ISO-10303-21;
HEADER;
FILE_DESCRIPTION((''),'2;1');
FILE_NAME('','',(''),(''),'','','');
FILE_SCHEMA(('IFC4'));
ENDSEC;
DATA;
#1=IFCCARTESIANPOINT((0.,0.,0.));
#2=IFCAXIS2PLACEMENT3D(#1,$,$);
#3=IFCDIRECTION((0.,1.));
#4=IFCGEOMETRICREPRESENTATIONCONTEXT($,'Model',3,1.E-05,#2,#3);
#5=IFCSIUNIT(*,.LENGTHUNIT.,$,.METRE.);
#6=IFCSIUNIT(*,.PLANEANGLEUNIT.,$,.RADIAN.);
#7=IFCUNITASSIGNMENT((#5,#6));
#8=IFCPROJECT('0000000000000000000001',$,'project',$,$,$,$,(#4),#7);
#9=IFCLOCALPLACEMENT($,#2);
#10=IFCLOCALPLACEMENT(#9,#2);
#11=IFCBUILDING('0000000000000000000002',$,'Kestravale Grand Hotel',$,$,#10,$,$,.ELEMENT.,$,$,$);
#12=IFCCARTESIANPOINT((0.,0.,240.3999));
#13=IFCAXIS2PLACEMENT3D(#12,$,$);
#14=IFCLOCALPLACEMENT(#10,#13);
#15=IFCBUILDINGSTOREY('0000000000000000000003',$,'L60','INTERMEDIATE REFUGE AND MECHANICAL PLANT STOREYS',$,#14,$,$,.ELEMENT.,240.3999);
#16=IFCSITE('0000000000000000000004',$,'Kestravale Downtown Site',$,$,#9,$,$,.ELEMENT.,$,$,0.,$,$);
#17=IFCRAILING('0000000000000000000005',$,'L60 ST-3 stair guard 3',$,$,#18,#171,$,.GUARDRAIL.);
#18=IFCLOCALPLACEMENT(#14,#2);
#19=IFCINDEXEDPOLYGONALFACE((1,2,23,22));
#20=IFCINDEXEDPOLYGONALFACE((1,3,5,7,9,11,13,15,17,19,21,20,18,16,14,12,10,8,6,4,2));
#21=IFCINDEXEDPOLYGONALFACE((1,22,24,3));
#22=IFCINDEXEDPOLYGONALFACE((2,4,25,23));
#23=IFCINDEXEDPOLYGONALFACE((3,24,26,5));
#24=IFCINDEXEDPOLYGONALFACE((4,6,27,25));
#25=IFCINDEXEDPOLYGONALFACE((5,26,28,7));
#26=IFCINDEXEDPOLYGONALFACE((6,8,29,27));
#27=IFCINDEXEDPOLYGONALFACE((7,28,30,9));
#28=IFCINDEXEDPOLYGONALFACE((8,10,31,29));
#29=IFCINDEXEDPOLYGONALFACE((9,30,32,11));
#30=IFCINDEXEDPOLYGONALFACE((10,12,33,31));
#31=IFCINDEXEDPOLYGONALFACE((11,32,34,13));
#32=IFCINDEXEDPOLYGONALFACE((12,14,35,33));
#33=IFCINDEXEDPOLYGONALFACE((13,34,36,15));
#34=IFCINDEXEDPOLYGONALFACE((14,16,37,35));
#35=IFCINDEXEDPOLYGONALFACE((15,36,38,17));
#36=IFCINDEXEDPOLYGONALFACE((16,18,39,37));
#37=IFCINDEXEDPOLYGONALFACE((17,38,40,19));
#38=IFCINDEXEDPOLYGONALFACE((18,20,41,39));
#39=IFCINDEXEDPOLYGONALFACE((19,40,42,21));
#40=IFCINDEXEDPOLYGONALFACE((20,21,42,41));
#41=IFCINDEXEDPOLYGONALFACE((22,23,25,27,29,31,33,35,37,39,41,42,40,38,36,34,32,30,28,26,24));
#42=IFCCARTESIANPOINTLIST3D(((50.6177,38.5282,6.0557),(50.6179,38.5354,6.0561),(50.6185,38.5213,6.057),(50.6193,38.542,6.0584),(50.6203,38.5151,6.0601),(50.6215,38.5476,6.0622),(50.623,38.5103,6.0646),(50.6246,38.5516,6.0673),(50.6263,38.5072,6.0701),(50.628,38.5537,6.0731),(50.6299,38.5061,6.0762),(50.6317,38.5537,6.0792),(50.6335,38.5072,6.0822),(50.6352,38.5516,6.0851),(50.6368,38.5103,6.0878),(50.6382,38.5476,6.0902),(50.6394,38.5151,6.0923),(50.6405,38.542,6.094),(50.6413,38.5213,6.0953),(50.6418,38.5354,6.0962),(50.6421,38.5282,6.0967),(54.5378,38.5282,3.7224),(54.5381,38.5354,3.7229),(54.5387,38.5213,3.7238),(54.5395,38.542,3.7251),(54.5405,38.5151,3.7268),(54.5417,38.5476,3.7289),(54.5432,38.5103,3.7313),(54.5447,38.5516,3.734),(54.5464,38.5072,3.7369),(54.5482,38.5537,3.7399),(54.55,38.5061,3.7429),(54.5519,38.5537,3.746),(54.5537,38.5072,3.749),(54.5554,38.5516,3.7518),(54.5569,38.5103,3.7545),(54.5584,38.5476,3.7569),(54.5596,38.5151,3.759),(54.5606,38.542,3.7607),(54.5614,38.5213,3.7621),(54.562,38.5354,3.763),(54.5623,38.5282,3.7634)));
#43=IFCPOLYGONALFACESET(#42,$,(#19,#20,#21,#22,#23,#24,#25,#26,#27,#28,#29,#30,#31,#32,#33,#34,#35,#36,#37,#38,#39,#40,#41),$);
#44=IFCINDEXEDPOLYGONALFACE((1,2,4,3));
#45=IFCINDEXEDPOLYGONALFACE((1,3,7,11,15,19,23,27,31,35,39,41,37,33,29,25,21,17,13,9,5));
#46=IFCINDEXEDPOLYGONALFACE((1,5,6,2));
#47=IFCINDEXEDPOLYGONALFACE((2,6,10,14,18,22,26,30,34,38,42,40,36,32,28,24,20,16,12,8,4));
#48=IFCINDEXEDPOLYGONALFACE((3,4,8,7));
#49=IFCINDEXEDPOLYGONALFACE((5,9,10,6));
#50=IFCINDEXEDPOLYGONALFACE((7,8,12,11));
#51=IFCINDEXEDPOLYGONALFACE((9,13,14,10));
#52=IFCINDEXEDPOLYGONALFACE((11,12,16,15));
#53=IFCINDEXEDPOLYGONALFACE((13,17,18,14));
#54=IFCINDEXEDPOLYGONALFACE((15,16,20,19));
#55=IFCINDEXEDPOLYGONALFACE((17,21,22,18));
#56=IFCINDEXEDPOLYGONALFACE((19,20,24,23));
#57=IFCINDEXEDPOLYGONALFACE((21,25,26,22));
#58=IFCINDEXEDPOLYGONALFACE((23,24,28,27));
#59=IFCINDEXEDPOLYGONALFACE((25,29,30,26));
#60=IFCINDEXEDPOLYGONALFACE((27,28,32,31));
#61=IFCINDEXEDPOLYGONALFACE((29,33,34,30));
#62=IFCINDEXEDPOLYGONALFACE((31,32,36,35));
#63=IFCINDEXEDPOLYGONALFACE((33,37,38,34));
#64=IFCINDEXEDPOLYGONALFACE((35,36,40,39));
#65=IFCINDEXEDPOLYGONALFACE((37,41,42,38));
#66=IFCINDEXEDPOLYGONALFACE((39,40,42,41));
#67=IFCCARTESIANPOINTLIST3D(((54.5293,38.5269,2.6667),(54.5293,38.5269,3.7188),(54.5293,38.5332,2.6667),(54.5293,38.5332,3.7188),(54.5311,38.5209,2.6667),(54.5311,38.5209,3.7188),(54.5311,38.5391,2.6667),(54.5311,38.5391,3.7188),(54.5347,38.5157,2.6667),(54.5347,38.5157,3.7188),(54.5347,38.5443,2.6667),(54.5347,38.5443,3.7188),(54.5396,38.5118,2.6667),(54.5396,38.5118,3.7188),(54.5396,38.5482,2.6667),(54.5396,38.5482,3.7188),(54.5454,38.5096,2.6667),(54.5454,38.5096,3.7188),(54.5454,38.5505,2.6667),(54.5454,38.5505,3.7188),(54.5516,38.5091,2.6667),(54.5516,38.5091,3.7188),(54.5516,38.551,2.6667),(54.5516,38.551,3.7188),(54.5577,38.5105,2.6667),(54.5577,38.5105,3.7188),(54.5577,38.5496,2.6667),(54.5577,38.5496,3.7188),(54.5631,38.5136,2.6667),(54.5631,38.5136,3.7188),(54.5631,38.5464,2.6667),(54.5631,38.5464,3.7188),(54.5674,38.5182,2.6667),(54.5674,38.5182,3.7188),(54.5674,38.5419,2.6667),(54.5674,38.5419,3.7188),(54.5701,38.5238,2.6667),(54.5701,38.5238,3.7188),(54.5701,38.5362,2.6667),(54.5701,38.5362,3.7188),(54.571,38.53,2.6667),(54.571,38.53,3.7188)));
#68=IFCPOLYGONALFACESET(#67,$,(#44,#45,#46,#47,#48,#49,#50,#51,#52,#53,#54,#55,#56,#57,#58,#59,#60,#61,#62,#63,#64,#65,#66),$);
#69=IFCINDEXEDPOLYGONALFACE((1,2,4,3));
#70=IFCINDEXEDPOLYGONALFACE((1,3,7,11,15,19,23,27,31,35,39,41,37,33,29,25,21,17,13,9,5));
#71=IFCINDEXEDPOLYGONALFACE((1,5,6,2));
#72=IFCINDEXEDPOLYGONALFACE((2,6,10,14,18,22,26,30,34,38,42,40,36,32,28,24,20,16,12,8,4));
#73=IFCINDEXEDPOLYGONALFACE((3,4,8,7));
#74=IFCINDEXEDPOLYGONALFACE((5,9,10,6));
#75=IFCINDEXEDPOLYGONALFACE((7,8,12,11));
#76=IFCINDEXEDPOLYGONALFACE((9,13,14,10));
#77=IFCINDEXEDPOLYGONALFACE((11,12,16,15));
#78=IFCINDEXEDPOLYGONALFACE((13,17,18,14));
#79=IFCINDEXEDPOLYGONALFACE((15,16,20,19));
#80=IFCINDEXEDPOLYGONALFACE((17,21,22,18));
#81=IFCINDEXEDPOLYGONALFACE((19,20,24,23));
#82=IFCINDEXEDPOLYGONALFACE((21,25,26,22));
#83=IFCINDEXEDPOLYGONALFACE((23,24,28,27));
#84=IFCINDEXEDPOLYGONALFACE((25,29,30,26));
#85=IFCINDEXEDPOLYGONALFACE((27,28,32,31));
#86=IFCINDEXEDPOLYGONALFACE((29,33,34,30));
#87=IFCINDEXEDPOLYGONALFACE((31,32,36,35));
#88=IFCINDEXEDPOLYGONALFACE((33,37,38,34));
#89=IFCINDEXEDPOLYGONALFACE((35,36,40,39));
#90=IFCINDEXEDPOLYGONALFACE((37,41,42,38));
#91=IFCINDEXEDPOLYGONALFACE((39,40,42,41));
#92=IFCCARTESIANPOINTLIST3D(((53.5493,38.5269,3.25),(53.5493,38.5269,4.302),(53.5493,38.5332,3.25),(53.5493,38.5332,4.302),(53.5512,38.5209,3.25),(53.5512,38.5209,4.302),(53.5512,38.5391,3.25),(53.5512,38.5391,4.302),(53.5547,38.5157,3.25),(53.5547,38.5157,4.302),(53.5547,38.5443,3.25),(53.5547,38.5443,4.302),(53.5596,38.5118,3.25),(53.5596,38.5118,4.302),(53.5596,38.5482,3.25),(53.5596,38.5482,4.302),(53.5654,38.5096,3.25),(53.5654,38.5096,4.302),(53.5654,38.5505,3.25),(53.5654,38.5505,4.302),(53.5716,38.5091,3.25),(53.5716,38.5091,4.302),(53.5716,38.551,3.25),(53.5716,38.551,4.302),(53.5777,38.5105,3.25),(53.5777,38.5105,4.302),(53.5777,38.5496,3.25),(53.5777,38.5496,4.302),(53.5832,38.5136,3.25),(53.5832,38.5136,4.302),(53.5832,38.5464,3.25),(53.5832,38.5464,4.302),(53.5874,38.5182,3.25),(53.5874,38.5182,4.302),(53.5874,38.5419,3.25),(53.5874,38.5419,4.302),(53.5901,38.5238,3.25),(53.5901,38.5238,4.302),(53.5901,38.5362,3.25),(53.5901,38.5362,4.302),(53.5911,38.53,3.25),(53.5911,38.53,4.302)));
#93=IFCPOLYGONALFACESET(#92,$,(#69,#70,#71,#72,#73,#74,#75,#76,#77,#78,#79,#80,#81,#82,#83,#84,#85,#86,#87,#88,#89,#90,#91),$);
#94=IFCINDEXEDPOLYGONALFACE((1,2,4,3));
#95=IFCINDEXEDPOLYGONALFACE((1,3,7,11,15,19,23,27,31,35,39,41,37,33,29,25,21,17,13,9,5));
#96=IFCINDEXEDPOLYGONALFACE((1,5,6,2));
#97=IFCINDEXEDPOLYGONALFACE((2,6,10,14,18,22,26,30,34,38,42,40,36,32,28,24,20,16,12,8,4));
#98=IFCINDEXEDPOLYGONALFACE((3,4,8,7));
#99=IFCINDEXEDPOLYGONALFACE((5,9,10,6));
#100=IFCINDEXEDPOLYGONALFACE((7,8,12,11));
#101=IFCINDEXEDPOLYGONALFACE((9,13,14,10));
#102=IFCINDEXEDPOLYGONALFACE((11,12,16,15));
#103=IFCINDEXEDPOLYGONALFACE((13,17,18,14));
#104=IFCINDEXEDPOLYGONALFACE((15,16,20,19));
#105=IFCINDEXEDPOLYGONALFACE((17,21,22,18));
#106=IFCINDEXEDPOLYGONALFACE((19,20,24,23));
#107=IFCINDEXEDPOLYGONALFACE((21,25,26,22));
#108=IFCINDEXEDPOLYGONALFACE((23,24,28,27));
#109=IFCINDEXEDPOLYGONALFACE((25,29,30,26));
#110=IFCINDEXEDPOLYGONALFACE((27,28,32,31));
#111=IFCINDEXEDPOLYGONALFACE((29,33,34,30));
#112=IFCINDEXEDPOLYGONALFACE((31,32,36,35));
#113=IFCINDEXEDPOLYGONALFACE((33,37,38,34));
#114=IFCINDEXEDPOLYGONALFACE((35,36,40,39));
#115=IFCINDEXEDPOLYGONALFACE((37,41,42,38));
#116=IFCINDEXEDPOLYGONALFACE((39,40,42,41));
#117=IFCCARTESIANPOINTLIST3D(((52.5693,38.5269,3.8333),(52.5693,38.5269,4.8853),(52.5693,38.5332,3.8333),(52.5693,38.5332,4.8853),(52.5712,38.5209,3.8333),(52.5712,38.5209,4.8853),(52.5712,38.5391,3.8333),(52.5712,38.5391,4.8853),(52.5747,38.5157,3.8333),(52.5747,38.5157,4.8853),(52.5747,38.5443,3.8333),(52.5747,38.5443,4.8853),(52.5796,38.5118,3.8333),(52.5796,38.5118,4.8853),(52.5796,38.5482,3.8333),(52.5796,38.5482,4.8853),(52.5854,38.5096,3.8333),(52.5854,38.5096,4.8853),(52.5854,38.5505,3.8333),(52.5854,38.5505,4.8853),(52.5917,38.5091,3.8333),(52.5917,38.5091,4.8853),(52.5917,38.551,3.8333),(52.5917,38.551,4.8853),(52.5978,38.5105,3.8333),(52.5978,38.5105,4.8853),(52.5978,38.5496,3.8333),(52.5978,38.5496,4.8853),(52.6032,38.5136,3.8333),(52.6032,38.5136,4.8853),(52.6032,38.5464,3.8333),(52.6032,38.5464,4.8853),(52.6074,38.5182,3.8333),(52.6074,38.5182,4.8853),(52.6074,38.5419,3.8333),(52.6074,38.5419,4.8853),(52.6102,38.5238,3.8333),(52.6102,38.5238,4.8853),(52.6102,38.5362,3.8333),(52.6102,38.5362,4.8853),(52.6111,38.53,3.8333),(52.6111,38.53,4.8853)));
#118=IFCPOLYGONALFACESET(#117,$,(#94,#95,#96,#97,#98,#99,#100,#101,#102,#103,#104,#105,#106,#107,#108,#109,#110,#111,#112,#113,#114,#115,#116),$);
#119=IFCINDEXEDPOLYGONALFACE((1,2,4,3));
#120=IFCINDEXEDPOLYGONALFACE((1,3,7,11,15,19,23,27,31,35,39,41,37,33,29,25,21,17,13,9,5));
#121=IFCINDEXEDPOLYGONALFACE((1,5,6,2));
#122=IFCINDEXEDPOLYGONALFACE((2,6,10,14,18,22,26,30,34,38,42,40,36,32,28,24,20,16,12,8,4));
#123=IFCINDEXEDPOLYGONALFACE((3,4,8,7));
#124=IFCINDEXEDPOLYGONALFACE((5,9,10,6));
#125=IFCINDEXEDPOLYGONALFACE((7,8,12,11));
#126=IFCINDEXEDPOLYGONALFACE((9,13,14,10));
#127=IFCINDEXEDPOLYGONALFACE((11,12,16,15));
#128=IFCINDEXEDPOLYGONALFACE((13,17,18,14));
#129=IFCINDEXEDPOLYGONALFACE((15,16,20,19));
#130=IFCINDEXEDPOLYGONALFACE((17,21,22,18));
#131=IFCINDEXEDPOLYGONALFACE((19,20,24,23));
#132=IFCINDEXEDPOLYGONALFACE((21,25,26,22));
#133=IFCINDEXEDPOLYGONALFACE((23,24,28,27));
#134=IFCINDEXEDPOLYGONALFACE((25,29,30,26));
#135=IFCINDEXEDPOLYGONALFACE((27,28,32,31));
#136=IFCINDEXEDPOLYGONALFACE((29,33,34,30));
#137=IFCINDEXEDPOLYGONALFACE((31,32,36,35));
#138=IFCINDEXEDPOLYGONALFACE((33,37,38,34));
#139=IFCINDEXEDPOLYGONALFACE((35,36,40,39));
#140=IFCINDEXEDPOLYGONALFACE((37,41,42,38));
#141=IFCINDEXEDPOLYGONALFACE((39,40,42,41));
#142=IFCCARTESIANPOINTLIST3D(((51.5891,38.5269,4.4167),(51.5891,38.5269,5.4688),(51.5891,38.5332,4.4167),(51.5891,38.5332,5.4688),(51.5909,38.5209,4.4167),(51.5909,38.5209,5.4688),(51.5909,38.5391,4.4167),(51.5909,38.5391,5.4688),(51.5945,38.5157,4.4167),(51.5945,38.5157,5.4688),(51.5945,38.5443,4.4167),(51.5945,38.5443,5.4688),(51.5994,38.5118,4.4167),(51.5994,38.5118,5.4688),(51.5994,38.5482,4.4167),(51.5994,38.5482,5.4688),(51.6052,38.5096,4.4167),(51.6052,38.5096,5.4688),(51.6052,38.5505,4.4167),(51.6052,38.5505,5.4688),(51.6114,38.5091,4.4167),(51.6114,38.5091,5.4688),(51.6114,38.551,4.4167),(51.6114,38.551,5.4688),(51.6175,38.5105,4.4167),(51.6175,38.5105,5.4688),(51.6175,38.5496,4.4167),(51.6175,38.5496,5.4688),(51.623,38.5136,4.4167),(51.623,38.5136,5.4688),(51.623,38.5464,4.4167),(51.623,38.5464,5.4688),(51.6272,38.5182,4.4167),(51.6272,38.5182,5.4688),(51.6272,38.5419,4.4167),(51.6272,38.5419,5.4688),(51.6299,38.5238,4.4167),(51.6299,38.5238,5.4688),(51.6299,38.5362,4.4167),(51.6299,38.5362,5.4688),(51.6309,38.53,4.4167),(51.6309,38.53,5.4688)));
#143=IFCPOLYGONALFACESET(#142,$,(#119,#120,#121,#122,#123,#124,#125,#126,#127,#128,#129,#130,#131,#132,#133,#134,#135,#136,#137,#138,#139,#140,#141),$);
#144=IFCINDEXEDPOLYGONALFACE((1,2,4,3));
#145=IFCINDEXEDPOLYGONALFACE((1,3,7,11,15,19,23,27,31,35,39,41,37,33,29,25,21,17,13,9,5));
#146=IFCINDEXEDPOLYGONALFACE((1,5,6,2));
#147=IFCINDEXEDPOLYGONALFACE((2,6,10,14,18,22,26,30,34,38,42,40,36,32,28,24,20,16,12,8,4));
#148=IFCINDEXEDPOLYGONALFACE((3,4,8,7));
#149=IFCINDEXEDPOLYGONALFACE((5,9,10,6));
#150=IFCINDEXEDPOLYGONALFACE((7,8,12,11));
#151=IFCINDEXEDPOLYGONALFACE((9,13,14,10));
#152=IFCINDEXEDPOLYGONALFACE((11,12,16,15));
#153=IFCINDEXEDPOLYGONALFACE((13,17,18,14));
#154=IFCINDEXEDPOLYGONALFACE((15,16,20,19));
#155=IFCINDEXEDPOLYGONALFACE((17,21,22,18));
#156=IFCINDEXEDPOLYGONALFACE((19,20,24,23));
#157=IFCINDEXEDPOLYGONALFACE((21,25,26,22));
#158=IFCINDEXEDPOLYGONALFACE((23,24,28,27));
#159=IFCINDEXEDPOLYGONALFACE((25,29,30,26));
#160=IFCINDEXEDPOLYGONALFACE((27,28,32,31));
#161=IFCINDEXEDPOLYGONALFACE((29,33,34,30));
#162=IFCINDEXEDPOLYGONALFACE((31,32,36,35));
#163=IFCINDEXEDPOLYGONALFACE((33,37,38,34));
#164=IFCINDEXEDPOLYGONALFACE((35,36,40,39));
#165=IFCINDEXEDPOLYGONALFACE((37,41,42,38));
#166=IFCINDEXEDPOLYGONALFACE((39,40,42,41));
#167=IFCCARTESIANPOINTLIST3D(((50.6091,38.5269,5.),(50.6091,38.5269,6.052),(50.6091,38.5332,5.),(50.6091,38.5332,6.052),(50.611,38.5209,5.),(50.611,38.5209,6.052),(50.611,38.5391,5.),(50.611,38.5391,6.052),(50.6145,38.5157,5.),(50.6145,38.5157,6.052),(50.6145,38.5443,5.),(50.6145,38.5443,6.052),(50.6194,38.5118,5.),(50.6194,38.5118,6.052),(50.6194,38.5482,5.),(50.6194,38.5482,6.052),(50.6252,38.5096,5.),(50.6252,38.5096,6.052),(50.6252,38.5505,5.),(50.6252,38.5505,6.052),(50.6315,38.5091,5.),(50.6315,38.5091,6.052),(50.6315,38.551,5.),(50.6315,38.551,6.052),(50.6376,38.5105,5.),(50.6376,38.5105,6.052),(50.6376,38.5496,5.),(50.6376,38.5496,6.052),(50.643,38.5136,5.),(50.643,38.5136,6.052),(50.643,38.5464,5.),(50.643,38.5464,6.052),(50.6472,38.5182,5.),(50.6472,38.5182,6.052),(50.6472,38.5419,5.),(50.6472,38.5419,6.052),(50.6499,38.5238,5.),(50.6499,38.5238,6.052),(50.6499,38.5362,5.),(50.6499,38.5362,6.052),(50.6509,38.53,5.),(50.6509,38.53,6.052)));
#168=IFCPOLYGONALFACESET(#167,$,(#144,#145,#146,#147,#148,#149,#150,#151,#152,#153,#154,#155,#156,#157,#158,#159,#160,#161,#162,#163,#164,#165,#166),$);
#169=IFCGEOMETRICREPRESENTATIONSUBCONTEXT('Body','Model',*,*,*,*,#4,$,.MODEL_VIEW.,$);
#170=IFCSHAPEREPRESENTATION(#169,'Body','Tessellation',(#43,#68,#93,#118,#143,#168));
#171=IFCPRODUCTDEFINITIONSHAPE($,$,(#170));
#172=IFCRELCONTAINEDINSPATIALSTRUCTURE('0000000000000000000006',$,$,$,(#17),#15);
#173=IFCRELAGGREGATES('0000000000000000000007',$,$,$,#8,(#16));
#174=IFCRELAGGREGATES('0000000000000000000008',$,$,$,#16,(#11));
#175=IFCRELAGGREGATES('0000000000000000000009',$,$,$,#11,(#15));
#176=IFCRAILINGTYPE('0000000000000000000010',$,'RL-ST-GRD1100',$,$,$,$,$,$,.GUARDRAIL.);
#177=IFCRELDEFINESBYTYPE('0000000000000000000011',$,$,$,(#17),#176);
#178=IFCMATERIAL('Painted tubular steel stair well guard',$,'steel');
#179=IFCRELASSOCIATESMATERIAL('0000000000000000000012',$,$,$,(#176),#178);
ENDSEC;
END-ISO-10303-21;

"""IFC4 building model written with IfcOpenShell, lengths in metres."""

from ifc_helpers import new_model, si_unit, direction, frame, origin, origin_2d, place, context, subcontext, project, spatial, circle, extrude, material, type_object, element, save


model = new_model("IFC4")

# Units and contexts
model_context = context("Model", 3, precision=1e-05, world=origin(), true_north=direction((0.0, 1.0)))
body_context = subcontext(model_context, "Body", "Model", "MODEL_VIEW")
ifc_project = project(units=[si_unit("LENGTHUNIT", "METRE"), si_unit("PLANEANGLEUNIT", "RADIAN")], contexts=[model_context])

# Site, building, storey
site_placement = place(None, origin())
site = spatial("IfcSite", under=ifc_project, at=site_placement, Name="Kestravale Downtown Site", CompositionType="ELEMENT", RefElevation=0.0)
building_placement = place(site_placement, origin())
building = spatial("IfcBuilding", under=site, at=building_placement, Name="Kestravale Grand Hotel", CompositionType="ELEMENT")
storey_placement = place(building_placement, frame((0.0, 0.0, 240.3999)))
storey = spatial("IfcBuildingStorey", under=building, at=storey_placement, Name="L60", Description="INTERMEDIATE REFUGE AND MECHANICAL PLANT STOREYS", CompositionType="ELEMENT", Elevation=240.3999)

# Railing
ifc_material_1 = material(Name="Painted tubular steel stair well guard", Category="steel")
railing_type_1 = type_object("IfcRailingType", Name="RL-ST-GRD1100", PredefinedType="GUARDRAIL", material=ifc_material_1)
railing_1_placement = place(storey_placement, frame((54.55, 38.53, 2.6667)))
element("IfcRailing", 1, at=railing_1_placement, inside=storey, type_object=railing_type_1, Name="L60 ST-3 stair guard 3", PredefinedType="GUARDRAIL", context=body_context, shape_type="SweptSolid", body=[
    extrude(circle(Radius=0.0239, at=origin_2d()), frame((0.0, 0.0, 1.0762), z_axis=(-0.85931, 0.0, 0.511455), x_axis=(0.0, -1.0, 0.0)), (0.0, 0.0, 1.0), 4.562),
    extrude(circle(Radius=0.021, at=origin_2d()), origin(), (0.0, 0.0, 1.0), 1.052),
    extrude(circle(Radius=0.021, at=origin_2d()), frame((-0.98, 0.0, 0.5833)), (0.0, 0.0, 1.0), 1.052),
    extrude(circle(Radius=0.021, at=origin_2d()), frame((-1.96, 0.0, 1.1665)), (0.0, 0.0, 1.0), 1.052),
    extrude(circle(Radius=0.021, at=origin_2d()), frame((-2.9402, 0.0, 1.75)), (0.0, 0.0, 1.0), 1.052),
    extrude(circle(Radius=0.021, at=origin_2d()), frame((-3.9202, 0.0, 2.3333)), (0.0, 0.0, 1.0), 1.052),
])

save(model, "model.ifc")
